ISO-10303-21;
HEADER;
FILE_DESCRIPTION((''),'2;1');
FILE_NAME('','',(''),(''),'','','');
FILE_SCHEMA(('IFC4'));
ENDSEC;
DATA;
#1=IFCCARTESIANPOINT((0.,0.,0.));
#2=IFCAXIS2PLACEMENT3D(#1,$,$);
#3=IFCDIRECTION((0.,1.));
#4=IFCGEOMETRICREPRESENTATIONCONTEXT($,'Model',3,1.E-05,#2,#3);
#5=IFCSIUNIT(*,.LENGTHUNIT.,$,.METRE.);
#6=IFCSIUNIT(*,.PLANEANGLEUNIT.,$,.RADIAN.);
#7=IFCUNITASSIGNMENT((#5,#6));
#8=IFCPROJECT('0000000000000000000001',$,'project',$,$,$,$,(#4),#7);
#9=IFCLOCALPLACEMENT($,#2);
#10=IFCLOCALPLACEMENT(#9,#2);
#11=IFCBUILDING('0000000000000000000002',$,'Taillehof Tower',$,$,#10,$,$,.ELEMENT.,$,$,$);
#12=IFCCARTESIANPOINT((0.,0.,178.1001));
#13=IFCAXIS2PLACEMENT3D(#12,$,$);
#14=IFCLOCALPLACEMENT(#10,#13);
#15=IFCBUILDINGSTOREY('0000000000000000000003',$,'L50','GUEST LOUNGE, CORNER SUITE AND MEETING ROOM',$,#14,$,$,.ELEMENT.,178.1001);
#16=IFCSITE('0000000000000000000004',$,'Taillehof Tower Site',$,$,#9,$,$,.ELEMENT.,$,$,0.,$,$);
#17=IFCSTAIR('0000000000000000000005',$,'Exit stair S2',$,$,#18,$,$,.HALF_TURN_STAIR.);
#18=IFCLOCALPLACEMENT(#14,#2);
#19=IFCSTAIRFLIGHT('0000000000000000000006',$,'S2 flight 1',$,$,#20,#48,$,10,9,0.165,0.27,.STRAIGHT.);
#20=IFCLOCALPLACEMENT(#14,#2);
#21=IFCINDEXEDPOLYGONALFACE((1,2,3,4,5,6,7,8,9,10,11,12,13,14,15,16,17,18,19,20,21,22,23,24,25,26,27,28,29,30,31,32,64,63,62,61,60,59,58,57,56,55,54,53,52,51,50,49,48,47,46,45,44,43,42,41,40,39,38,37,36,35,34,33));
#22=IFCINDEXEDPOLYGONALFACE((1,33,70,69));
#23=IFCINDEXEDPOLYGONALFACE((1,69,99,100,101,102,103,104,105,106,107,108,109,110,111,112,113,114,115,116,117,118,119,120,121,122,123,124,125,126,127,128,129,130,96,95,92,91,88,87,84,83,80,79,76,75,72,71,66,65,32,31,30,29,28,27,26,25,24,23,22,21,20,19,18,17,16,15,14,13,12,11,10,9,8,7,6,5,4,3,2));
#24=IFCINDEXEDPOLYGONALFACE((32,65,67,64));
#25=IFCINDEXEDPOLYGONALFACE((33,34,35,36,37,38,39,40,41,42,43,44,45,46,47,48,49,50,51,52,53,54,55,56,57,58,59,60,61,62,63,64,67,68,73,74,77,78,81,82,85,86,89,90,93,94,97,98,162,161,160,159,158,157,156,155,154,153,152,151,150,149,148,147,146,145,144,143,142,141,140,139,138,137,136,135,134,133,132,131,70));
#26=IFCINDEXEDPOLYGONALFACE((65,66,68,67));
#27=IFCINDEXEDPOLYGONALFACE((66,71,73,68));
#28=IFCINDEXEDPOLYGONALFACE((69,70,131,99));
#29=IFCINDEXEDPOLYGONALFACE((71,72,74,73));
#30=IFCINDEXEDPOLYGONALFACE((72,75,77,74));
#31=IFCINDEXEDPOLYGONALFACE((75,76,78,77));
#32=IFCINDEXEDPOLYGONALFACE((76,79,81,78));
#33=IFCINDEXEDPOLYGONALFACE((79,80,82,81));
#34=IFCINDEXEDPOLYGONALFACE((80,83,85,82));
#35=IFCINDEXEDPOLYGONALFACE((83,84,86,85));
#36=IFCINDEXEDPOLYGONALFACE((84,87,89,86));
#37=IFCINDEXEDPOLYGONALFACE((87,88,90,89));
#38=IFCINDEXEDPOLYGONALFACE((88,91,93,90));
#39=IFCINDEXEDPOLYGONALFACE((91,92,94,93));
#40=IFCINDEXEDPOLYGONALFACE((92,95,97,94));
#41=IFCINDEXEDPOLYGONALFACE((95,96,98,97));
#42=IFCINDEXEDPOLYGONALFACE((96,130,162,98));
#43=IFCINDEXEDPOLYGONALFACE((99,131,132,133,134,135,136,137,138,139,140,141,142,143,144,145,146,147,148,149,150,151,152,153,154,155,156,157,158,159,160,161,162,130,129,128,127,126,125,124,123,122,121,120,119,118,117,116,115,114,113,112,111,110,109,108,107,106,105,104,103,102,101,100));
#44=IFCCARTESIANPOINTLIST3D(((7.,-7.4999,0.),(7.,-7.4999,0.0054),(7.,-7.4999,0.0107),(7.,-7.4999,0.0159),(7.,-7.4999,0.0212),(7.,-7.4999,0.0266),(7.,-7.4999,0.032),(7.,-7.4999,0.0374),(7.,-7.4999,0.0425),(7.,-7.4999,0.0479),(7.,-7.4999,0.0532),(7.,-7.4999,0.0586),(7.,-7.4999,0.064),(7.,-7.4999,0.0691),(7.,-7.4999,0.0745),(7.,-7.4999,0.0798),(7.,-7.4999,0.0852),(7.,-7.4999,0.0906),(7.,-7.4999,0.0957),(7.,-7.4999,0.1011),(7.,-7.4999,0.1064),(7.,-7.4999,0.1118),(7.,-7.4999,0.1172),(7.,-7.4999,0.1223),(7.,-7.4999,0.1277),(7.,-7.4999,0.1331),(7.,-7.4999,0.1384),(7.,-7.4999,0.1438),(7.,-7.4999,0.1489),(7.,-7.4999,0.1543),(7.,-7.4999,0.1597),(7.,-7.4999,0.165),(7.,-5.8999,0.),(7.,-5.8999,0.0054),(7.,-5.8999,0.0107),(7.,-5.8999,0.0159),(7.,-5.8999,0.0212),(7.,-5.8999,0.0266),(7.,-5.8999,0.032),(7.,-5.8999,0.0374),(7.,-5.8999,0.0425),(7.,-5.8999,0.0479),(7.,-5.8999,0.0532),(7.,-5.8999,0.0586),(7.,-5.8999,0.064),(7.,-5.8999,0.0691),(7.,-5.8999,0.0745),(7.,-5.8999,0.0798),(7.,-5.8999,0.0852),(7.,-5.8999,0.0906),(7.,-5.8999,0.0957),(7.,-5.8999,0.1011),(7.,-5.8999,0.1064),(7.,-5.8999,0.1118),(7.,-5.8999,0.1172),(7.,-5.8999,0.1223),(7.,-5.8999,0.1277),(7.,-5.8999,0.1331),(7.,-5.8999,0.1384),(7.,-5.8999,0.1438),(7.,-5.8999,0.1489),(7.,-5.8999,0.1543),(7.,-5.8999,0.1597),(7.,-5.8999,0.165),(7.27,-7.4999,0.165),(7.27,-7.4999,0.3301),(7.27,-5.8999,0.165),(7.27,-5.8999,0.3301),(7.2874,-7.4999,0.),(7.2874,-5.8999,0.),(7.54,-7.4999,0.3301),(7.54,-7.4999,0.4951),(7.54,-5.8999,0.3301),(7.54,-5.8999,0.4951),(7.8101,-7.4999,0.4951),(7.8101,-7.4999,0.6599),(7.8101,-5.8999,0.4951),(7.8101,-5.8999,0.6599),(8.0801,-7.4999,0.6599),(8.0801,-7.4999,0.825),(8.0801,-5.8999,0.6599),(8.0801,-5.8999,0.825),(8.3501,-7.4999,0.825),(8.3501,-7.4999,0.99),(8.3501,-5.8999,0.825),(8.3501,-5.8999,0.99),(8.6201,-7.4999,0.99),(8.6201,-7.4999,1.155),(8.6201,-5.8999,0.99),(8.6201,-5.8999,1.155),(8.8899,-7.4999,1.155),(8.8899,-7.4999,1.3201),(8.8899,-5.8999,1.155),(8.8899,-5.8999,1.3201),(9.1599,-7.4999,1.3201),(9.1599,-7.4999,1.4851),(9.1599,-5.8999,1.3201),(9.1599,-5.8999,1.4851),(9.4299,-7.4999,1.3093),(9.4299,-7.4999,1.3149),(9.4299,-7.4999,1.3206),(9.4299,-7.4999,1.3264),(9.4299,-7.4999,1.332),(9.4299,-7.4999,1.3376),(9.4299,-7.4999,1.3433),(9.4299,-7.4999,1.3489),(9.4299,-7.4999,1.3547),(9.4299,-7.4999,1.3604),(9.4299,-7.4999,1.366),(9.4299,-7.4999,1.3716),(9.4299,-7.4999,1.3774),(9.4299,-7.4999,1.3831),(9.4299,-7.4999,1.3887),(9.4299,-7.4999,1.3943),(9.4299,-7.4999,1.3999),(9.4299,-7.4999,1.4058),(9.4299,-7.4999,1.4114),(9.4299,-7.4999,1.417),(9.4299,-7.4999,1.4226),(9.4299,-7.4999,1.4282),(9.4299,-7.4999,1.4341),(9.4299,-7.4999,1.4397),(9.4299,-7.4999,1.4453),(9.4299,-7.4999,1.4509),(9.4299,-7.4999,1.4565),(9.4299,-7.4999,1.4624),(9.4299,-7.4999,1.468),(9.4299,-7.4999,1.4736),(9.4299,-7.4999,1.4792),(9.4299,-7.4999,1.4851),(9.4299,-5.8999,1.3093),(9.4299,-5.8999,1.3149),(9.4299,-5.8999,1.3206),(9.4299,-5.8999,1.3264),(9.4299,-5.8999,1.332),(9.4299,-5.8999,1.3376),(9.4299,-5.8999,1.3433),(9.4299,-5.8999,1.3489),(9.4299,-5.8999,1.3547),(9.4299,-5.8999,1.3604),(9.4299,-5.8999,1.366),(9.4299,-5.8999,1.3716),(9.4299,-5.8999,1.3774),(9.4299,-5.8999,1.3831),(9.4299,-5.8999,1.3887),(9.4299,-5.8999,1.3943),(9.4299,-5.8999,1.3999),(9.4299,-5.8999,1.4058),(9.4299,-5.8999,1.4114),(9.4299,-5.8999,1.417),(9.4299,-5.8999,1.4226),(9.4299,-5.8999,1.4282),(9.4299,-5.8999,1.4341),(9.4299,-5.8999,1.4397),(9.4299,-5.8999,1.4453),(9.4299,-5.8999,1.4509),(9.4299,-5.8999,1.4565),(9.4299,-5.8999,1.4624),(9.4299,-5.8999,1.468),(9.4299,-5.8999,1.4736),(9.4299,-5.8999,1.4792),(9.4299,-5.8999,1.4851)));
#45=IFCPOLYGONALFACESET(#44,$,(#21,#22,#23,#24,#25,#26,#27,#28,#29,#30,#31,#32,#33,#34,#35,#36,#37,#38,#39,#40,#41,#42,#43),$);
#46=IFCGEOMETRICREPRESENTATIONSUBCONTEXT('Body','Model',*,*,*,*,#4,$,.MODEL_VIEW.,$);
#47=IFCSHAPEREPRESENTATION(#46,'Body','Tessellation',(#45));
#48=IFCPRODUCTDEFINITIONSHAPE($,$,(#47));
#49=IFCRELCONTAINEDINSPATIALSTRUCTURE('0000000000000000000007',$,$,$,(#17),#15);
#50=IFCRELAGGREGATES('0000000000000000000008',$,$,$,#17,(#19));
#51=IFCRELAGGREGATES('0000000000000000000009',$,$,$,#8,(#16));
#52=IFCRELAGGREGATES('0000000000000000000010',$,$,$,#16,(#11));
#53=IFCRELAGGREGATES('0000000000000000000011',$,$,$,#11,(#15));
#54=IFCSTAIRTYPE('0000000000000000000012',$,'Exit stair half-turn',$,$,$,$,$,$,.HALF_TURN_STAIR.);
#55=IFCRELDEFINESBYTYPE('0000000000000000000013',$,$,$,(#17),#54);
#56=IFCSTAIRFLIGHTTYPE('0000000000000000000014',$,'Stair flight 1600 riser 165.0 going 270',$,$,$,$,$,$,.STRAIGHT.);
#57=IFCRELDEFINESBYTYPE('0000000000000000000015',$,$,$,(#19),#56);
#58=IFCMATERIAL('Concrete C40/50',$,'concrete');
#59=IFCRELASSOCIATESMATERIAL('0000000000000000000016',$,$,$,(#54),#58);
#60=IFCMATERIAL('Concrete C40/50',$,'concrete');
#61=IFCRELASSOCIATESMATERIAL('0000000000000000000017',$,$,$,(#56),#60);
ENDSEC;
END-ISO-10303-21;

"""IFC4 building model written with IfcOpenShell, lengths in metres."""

from ifc_helpers import new_model, si_unit, direction, frame, origin, place, context, subcontext, project, spatial, polyline, outline, extrude, material, type_object, element, aggregate, save


model = new_model("IFC4")

# Units and contexts
model_context = context("Model", 3, precision=1e-05, world=origin(), true_north=direction((0.0, 1.0)))
body_context = subcontext(model_context, "Body", "Model", "MODEL_VIEW")
ifc_project = project(units=[si_unit("LENGTHUNIT", "METRE"), si_unit("PLANEANGLEUNIT", "RADIAN")], contexts=[model_context])

# Site, building, storey
site_placement = place(None, origin())
site = spatial("IfcSite", under=ifc_project, at=site_placement, Name="Taillehof Tower Site", CompositionType="ELEMENT", RefElevation=0.0)
building_placement = place(site_placement, origin())
building = spatial("IfcBuilding", under=site, at=building_placement, Name="Taillehof Tower", CompositionType="ELEMENT")
storey_placement = place(building_placement, frame((0.0, 0.0, 178.1001)))
storey = spatial("IfcBuildingStorey", under=building, at=storey_placement, Name="L50", Description="GUEST LOUNGE, CORNER SUITE AND MEETING ROOM", CompositionType="ELEMENT", Elevation=178.1001)

# Stair
ifc_material_1 = material(Name="Concrete C40/50", Category="concrete")
stair_type = type_object("IfcStairType", Name="Exit stair half-turn", PredefinedType="HALF_TURN_STAIR", material=ifc_material_1)
stair_1_placement = place(storey_placement, origin())
stair_1 = element("IfcStair", 1, at=stair_1_placement, inside=storey, type_object=stair_type, Name="Exit stair S2", PredefinedType="HALF_TURN_STAIR")

# Stair flight
ifc_material_2 = material(Name="Concrete C40/50", Category="concrete")
stair_flight_type = type_object("IfcStairFlightType", Name="Stair flight 1600 riser 165.0 going 270", PredefinedType="STRAIGHT", material=ifc_material_2)
stair_flight_placement = place(storey_placement, frame((7.0, -6.7, 0.0), z_axis=(0.0, 0.0, 1.0), x_axis=(1.0, 0.0, 0.0)))
stair_flight = element("IfcStairFlight", 2, at=stair_flight_placement, type_object=stair_flight_type, Name="S2 flight 1", NumberOfRisers=10, NumberOfTreads=9, PredefinedType="STRAIGHT", RiserHeight=0.165, TreadLength=0.27, context=body_context, shape_type="SweptSolid", body=[
    extrude(outline(polyline([(0.0, 0.0), (0.0, 0.0054), (0.0, 0.0107), (0.0, 0.0159), (0.0, 0.0212), (0.0, 0.0266), (0.0, 0.032), (0.0, 0.0374), (0.0, 0.0425), (0.0, 0.0479), (0.0, 0.0532), (0.0, 0.0586), (0.0, 0.064), (0.0, 0.0691), (0.0, 0.0745), (0.0, 0.0798), (0.0, 0.0852), (0.0, 0.0906), (0.0, 0.0957), (0.0, 0.1011), (0.0, 0.1064), (0.0, 0.1118), (0.0, 0.1172), (0.0, 0.1223), (0.0, 0.1277), (0.0, 0.1331), (0.0, 0.1384), (0.0, 0.1438), (0.0, 0.1489), (0.0, 0.1543), (0.0, 0.1597), (0.0, 0.165), (0.27, 0.165), (0.27, 0.3301), (0.54, 0.3301), (0.54, 0.4951), (0.8101, 0.4951), (0.8101, 0.6599), (1.0801, 0.6599), (1.0801, 0.825), (1.3501, 0.825), (1.3501, 0.99), (1.6201, 0.99), (1.6201, 1.155), (1.8899, 1.155), (1.8899, 1.3201), (2.1599, 1.3201), (2.1599, 1.4851), (2.4299, 1.4851), (2.4299, 1.4792), (2.4299, 1.4736), (2.4299, 1.468), (2.4299, 1.4624), (2.4299, 1.4565), (2.4299, 1.4509), (2.4299, 1.4453), (2.4299, 1.4397), (2.4299, 1.4341), (2.4299, 1.4282), (2.4299, 1.4226), (2.4299, 1.417), (2.4299, 1.4114), (2.4299, 1.4058), (2.4299, 1.3999), (2.4299, 1.3943), (2.4299, 1.3887), (2.4299, 1.3831), (2.4299, 1.3774), (2.4299, 1.3716), (2.4299, 1.366), (2.4299, 1.3604), (2.4299, 1.3547), (2.4299, 1.3489), (2.4299, 1.3433), (2.4299, 1.3376), (2.4299, 1.332), (2.4299, 1.3264), (2.4299, 1.3206), (2.4299, 1.3149), (2.4299, 1.3093), (0.2874, 0.0), (0.0, 0.0)])), frame((0.0, 0.8, 0.0), z_axis=(0.0, -1.0, 0.0), x_axis=(1.0, 0.0, 0.0)), (0.0, 0.0, 1.0), 1.6),
])
aggregate(stair_1, [stair_flight])

save(model, "model.ifc")
